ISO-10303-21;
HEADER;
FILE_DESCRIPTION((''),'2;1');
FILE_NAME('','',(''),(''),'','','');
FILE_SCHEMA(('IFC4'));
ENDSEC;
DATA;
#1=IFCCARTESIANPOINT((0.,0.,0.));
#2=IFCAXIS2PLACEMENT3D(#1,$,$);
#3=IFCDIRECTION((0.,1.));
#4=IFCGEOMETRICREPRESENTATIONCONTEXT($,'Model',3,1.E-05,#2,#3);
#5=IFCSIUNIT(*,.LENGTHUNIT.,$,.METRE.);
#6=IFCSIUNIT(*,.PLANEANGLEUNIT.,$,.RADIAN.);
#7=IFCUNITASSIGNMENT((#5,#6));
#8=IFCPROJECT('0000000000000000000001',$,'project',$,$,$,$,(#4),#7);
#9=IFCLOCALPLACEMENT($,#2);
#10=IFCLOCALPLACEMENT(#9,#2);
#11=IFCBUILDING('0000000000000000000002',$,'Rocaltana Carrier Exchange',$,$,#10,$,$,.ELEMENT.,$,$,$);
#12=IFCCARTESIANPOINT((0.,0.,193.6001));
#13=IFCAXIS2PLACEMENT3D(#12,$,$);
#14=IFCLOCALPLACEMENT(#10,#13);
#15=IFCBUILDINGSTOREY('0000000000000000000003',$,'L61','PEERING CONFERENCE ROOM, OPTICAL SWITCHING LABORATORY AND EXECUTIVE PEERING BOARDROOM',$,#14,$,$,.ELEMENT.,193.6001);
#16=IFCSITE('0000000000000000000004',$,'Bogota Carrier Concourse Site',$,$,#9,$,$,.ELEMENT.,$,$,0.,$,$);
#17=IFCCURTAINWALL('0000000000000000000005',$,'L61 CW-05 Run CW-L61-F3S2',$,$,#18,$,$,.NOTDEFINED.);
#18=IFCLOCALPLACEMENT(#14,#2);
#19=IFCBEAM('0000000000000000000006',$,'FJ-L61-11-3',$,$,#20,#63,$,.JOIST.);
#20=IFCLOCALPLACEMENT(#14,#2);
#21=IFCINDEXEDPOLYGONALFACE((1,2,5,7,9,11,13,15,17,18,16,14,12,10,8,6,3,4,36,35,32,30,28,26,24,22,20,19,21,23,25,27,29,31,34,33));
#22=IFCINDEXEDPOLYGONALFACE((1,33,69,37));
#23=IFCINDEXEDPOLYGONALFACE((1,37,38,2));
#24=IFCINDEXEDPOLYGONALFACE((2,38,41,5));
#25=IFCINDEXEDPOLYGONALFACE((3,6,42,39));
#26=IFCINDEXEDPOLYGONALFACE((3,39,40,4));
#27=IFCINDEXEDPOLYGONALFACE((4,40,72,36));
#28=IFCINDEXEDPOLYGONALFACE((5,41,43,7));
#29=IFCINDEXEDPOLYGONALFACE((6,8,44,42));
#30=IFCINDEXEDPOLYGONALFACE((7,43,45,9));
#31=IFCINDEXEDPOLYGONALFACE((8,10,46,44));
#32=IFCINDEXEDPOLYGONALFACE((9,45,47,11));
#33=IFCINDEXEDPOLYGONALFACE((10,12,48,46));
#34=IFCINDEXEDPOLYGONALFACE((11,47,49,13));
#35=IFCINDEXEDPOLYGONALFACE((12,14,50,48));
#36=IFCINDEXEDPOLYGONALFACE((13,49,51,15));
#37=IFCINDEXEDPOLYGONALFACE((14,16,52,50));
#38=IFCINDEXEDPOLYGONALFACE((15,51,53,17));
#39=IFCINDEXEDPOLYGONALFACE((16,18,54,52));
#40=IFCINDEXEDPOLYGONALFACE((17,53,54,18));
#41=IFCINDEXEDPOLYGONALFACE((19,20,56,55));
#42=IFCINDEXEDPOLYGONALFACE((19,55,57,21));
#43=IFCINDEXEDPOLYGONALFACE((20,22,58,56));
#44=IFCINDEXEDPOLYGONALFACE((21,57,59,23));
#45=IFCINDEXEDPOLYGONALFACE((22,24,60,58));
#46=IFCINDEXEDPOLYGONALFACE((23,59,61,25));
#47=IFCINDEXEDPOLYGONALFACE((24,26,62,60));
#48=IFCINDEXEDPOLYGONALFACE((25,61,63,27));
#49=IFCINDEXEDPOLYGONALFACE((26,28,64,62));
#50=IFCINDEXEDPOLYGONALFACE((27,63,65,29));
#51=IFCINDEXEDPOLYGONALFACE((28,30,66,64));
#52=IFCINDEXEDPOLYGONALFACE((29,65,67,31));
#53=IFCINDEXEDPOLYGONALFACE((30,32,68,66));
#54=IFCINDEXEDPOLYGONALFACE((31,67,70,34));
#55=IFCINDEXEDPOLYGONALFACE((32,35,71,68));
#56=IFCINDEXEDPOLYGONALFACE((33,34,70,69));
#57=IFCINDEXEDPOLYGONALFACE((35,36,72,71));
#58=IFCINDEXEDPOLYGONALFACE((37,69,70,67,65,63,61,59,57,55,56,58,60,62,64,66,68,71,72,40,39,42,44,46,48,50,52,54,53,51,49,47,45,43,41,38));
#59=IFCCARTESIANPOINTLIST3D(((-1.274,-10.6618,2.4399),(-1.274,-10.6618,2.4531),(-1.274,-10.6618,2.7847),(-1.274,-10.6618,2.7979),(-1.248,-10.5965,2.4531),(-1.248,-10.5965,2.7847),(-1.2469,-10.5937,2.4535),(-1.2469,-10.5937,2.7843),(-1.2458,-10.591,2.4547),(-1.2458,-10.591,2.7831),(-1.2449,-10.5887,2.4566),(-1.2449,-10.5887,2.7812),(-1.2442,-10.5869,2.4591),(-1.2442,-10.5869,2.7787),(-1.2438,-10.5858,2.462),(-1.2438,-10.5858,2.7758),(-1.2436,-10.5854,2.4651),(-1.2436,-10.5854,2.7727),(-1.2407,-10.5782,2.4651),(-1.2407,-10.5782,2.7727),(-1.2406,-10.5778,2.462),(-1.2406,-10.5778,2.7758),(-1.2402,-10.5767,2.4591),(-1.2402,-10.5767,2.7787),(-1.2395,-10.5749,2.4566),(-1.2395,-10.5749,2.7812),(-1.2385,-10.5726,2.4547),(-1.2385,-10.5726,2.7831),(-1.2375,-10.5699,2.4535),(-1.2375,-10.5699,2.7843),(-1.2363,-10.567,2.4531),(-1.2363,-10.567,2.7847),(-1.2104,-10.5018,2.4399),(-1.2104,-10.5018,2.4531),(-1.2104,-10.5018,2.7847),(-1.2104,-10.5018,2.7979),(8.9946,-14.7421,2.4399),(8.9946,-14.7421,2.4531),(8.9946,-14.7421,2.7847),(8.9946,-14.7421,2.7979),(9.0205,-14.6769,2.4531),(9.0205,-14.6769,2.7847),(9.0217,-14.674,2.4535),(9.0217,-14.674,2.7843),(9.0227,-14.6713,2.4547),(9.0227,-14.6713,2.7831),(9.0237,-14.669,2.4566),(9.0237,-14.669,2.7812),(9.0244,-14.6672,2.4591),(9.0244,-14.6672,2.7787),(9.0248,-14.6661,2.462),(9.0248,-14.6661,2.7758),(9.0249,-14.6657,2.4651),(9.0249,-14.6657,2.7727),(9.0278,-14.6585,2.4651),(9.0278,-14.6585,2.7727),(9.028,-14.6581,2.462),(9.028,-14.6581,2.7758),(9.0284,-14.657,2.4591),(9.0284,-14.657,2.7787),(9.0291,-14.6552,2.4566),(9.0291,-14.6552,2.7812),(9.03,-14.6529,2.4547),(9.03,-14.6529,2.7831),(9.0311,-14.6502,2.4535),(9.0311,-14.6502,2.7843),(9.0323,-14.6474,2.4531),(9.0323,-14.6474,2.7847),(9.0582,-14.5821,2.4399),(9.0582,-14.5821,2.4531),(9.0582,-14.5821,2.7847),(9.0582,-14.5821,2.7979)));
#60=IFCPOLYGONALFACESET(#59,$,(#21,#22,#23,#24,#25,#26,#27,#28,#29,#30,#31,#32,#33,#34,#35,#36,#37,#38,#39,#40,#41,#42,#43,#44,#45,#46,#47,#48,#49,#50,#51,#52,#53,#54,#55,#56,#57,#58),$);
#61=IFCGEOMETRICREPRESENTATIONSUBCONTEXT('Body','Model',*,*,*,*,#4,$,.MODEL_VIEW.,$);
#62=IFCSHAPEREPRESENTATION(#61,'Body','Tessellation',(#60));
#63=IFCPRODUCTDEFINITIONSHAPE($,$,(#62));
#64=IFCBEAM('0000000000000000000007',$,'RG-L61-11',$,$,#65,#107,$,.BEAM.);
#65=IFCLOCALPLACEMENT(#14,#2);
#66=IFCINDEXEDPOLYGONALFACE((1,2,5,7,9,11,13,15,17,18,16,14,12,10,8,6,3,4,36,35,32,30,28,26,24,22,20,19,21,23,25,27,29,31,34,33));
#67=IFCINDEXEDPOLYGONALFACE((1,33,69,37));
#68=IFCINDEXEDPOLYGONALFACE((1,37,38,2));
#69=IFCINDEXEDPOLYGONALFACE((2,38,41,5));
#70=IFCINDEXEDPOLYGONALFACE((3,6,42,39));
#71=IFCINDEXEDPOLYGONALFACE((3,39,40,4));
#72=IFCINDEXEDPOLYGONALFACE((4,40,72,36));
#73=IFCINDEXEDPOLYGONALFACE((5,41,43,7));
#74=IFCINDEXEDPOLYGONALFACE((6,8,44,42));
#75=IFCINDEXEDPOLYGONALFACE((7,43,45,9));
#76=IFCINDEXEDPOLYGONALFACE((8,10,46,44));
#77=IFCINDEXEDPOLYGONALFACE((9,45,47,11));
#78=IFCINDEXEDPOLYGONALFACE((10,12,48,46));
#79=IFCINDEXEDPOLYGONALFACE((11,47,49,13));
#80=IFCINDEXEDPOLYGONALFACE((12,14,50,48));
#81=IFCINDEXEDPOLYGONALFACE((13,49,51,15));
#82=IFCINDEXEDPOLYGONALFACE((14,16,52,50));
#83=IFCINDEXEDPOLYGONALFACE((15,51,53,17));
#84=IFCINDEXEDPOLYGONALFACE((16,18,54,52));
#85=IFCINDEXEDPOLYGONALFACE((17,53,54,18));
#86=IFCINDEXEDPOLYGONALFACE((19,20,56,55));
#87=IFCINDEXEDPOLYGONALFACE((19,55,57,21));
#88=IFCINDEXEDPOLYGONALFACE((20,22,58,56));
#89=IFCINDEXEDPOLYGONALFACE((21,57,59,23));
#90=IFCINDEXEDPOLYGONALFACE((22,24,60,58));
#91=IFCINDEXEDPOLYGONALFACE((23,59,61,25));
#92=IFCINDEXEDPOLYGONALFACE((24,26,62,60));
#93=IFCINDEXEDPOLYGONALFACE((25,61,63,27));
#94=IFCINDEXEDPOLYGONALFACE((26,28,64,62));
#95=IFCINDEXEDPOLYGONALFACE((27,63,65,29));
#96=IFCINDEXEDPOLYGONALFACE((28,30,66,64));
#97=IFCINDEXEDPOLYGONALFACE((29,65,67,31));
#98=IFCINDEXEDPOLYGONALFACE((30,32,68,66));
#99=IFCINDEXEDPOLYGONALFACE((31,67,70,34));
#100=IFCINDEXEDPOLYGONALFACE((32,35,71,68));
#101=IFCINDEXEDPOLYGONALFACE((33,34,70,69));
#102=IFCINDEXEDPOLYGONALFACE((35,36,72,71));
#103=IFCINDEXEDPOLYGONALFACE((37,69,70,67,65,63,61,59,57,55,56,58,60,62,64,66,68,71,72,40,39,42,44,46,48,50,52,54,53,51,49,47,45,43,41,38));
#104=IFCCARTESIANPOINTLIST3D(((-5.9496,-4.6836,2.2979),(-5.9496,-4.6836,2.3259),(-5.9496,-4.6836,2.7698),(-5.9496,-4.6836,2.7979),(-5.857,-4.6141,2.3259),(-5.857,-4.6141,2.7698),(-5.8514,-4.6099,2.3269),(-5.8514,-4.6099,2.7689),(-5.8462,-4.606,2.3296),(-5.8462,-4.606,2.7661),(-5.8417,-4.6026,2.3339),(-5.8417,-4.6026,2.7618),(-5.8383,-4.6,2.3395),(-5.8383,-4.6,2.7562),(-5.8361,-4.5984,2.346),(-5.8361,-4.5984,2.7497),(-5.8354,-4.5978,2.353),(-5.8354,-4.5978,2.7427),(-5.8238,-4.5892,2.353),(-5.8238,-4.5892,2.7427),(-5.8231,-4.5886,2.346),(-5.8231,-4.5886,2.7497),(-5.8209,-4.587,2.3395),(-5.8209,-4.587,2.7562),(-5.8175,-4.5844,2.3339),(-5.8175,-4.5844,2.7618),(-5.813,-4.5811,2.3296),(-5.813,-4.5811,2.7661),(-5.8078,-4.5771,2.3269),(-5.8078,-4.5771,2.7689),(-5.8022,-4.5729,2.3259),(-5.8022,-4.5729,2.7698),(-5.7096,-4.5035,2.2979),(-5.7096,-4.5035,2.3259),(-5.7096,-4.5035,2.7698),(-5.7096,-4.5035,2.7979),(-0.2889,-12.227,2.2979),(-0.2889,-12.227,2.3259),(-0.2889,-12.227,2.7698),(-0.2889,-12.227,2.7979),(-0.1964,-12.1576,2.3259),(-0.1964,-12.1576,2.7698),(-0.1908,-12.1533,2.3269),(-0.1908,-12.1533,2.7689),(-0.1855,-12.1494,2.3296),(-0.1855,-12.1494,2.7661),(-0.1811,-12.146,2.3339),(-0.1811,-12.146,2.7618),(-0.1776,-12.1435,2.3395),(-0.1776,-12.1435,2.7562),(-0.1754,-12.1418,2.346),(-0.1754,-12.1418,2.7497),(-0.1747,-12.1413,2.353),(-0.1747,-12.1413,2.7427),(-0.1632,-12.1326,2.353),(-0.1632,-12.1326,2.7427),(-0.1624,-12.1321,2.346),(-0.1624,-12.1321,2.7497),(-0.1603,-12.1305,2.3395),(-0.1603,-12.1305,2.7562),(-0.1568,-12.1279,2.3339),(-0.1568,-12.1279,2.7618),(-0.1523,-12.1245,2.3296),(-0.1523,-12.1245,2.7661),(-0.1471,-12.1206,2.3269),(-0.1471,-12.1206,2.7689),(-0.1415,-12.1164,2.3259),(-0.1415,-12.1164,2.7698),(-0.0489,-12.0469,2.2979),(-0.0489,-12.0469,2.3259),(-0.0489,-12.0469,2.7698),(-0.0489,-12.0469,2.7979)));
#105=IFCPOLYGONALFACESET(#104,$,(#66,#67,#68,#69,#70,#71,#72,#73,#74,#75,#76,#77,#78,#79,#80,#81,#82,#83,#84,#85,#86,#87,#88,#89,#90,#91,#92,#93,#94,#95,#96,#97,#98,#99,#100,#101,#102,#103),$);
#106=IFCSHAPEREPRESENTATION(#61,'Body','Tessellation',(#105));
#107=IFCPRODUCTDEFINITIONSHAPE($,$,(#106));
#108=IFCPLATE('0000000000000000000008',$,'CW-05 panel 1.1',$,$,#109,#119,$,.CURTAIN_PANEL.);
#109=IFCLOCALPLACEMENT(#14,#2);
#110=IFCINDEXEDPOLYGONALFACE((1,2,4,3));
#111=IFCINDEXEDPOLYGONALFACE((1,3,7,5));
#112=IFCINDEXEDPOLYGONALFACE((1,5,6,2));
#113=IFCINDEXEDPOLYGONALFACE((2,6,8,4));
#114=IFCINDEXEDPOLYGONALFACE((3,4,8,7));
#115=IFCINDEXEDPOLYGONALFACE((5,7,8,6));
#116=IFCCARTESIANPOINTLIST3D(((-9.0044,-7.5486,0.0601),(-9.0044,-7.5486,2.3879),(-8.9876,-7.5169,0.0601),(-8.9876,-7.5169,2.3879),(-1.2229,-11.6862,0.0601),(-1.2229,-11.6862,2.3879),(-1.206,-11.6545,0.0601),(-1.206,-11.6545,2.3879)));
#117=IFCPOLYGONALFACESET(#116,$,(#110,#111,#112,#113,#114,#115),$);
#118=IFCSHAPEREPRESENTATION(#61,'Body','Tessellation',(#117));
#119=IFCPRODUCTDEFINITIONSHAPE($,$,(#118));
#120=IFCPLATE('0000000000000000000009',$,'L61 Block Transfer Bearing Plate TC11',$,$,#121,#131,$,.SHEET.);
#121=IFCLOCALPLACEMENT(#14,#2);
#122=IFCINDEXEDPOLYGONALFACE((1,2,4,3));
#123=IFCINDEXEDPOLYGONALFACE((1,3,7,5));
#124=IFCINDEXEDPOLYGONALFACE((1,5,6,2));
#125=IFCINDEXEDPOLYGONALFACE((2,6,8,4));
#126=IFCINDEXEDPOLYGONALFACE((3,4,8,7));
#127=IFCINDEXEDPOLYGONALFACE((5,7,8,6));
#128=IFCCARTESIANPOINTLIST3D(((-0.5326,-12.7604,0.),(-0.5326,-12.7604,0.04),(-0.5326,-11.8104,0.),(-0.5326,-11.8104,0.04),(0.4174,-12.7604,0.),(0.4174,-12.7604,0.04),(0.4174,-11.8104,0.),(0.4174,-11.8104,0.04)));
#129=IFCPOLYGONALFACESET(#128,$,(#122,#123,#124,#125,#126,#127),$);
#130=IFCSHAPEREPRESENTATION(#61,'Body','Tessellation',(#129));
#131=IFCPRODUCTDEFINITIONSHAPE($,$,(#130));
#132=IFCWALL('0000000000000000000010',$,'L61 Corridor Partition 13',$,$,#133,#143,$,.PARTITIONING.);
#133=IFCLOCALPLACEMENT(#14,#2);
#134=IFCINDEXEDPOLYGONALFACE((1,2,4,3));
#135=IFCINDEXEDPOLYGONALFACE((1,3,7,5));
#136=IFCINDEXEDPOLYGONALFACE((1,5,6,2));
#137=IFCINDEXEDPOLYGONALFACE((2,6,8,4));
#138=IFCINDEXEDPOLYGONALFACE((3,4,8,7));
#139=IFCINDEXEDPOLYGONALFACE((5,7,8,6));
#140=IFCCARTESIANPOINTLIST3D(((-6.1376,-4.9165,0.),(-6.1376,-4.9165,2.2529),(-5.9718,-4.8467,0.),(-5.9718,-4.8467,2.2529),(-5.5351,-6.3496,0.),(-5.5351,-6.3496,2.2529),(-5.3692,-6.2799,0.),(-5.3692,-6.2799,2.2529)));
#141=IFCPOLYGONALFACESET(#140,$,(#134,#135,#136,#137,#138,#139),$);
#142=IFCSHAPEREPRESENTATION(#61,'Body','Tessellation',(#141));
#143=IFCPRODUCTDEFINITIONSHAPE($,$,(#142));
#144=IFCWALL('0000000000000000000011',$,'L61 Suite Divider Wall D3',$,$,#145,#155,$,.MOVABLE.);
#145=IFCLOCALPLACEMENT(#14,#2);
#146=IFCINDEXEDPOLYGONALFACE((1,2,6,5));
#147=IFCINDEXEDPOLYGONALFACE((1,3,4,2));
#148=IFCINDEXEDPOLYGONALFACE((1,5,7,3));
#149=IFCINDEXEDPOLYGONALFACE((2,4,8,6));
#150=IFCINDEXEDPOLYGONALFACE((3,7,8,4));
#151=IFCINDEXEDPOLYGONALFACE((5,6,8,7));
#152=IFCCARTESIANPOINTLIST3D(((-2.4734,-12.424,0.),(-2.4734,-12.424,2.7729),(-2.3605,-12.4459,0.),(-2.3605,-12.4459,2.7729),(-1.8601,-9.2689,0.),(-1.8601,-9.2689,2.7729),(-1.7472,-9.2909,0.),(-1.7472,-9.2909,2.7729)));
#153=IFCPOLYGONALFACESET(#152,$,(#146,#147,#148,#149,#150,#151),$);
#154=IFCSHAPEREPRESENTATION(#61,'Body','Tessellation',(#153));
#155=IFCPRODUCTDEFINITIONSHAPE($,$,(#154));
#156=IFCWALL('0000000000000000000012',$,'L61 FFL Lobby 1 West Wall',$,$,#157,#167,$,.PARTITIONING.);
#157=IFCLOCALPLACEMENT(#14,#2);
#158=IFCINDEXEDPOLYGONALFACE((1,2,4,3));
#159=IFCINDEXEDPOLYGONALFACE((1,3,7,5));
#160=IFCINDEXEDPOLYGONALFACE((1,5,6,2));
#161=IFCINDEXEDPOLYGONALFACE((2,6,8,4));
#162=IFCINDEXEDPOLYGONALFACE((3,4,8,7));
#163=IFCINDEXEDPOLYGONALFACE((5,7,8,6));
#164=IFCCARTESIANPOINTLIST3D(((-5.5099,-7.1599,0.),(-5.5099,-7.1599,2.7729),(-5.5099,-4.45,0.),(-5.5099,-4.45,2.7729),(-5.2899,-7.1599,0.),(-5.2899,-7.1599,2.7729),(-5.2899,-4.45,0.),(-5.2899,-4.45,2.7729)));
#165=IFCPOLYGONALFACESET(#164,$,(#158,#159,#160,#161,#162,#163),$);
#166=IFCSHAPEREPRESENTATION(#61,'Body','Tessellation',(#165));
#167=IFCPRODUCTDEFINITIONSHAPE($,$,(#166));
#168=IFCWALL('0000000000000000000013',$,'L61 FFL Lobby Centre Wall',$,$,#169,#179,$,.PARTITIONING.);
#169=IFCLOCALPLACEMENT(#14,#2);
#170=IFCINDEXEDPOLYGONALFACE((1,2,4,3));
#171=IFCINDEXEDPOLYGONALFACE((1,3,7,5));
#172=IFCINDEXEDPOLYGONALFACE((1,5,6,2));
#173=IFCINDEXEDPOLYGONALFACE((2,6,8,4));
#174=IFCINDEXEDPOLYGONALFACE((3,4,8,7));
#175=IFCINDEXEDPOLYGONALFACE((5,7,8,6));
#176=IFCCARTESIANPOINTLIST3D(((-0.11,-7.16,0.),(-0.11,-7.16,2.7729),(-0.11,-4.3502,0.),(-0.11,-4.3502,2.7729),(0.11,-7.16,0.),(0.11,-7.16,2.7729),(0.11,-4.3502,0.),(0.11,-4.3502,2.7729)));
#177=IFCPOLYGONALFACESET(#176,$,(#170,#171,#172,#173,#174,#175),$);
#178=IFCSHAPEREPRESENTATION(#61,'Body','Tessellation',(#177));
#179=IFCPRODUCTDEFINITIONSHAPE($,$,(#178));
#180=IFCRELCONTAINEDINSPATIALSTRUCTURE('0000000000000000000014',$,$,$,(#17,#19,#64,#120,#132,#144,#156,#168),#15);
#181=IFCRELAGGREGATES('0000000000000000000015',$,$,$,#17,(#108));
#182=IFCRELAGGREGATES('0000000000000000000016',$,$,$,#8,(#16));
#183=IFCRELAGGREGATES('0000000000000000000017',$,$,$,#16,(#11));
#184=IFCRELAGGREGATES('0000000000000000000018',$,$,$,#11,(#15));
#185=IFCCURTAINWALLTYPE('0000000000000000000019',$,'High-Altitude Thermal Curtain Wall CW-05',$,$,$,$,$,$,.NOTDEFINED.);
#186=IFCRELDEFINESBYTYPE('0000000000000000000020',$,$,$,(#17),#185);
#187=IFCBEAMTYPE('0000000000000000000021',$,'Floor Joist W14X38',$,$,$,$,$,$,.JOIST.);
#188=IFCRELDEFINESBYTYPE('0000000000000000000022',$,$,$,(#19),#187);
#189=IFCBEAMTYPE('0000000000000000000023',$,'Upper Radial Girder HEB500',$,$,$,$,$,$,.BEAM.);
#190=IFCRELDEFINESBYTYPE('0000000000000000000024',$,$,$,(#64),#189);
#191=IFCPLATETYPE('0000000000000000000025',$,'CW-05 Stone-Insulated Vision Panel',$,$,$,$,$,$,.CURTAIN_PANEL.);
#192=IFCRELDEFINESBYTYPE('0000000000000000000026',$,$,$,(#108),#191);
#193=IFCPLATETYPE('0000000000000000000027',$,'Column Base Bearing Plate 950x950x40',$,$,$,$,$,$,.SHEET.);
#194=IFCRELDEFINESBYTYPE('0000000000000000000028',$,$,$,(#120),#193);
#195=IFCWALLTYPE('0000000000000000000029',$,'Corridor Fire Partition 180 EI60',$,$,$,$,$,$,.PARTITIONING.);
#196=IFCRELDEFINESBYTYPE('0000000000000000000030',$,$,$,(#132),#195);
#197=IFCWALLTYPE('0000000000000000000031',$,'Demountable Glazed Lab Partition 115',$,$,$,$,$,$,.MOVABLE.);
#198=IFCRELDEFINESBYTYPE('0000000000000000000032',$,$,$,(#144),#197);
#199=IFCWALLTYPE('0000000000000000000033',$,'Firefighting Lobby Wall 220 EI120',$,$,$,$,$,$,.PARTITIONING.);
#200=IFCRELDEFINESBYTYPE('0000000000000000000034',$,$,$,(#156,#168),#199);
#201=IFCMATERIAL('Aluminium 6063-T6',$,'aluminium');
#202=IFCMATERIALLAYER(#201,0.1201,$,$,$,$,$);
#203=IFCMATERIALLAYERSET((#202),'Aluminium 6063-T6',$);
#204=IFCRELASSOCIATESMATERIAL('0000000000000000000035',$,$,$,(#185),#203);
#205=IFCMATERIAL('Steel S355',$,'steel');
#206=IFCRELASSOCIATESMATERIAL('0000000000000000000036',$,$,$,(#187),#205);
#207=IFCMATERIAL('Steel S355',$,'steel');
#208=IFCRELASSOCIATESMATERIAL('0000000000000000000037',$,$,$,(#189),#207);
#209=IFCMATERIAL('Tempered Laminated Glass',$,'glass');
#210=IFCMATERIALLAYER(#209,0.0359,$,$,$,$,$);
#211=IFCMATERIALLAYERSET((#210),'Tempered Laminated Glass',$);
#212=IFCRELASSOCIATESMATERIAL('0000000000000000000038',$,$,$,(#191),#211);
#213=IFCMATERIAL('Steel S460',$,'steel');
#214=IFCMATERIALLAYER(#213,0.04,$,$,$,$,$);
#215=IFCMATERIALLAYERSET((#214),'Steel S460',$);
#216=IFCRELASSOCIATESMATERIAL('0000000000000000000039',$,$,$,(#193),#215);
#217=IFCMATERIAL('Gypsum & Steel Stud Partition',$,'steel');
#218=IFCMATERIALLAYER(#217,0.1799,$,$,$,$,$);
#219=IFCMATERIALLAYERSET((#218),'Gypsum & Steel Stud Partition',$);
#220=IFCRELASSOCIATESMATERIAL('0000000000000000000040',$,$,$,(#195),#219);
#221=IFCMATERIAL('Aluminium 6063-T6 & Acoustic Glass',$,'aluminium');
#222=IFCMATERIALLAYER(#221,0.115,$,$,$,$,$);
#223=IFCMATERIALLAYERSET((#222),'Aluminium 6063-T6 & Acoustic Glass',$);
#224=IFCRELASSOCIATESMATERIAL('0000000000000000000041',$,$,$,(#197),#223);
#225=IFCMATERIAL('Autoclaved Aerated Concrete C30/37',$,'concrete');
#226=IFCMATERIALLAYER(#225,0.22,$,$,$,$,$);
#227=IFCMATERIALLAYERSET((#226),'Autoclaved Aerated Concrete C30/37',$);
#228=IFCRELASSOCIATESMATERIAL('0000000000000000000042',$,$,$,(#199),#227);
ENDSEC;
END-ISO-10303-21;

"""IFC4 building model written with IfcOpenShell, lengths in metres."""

from ifc_helpers import new_model, si_unit, direction, frame, frame_2d, origin, origin_2d, place, context, subcontext, project, spatial, rectangle, i_section, extrude, material, layer, layer_set, material_profile, profile_set, type_object, element, aggregate, save


model = new_model("IFC4")

# Units and contexts
model_context = context("Model", 3, precision=1e-05, world=origin(), true_north=direction((0.0, 1.0)))
body_context = subcontext(model_context, "Body", "Model", "MODEL_VIEW")
ifc_project = project(units=[si_unit("LENGTHUNIT", "METRE"), si_unit("PLANEANGLEUNIT", "RADIAN")], contexts=[model_context])

# Site, building, storey
site_placement = place(None, origin())
site = spatial("IfcSite", under=ifc_project, at=site_placement, Name="Bogota Carrier Concourse Site", CompositionType="ELEMENT", RefElevation=0.0)
building_placement = place(site_placement, origin())
building = spatial("IfcBuilding", under=site, at=building_placement, Name="Rocaltana Carrier Exchange", CompositionType="ELEMENT")
storey_placement = place(building_placement, frame((0.0, 0.0, 193.6001)))
storey = spatial("IfcBuildingStorey", under=building, at=storey_placement, Name="L61", Description="PEERING CONFERENCE ROOM, OPTICAL SWITCHING LABORATORY AND EXECUTIVE PEERING BOARDROOM", CompositionType="ELEMENT", Elevation=193.6001)

# Curtain wall
ifc_material_1 = material(Name="Aluminium 6063-T6", Category="aluminium")
ifc_layer_1 = layer(ifc_material_1, 0.1201)
ifc_layer_set_1 = layer_set([ifc_layer_1], Name="Aluminium 6063-T6")
curtain_wall_type = type_object("IfcCurtainWallType", Name="High-Altitude Thermal Curtain Wall CW-05", PredefinedType="NOTDEFINED", material=ifc_layer_set_1)
curtain_wall_placement = place(storey_placement, origin())
curtain_wall = element("IfcCurtainWall", 1, at=curtain_wall_placement, inside=storey, type_object=curtain_wall_type, Name="L61 CW-05 Run CW-L61-F3S2", PredefinedType="NOTDEFINED")

# Beams
ifc_material_2 = material(Name="Steel S355", Category="steel")
ifc_material_profile_1 = material_profile(ifc_material_2, i_section(OverallWidth=0.1721, OverallDepth=0.3579, WebThickness=0.0078, FlangeThickness=0.0132, FilletRadius=0.012, at=origin_2d()), Name="W14X38")
ifc_profile_set_1 = profile_set([ifc_material_profile_1], Name="Steel S355")
beam_type_1 = type_object("IfcBeamType", Name="Floor Joist W14X38", PredefinedType="JOIST", material=ifc_profile_set_1)
beam_1_placement = place(storey_placement, frame((-1.2422, -10.5818, 2.6189), z_axis=(0.92932, -0.369275, 0.0), x_axis=(0.369275, 0.92932, 0.0)))
element("IfcBeam", 2, at=beam_1_placement, inside=storey, type_object=beam_type_1, Name="FJ-L61-11-3", PredefinedType="JOIST", context=body_context, shape_type="SweptSolid", body=[
    extrude(i_section(OverallWidth=0.1721, OverallDepth=0.3579, WebThickness=0.0078, FlangeThickness=0.0132, FilletRadius=0.012, at=origin_2d()), origin(), (0.0, 0.0, 1.0), 11.0496),
])
ifc_material_3 = material(Name="Steel S355", Category="steel")
ifc_material_profile_2 = material_profile(ifc_material_3, i_section(OverallWidth=0.3, OverallDepth=0.5, WebThickness=0.0144, FlangeThickness=0.0281, FilletRadius=0.0271, at=origin_2d()), Name="HEB500")
ifc_profile_set_2 = profile_set([ifc_material_profile_2], Name="Steel S355")
beam_type_2 = type_object("IfcBeamType", Name="Upper Radial Girder HEB500", PredefinedType="BEAM", material=ifc_profile_set_2)
beam_2_placement = place(storey_placement, frame((-5.8296, -4.5935, 2.5479), z_axis=(0.600207, -0.799845, 0.0), x_axis=(0.799845, 0.600207, 0.0)))
element("IfcBeam", 3, at=beam_2_placement, inside=storey, type_object=beam_type_2, Name="RG-L61-11", PredefinedType="BEAM", context=body_context, shape_type="SweptSolid", body=[
    extrude(i_section(OverallWidth=0.3, OverallDepth=0.5, WebThickness=0.0144, FlangeThickness=0.0281, FilletRadius=0.0271, at=origin_2d()), origin(), (0.0, 0.0, 1.0), 9.4312),
])

# Plates
ifc_material_4 = material(Name="Tempered Laminated Glass", Category="glass")
ifc_layer_2 = layer(ifc_material_4, 0.0359)
ifc_layer_set_2 = layer_set([ifc_layer_2], Name="Tempered Laminated Glass")
plate_type_1 = type_object("IfcPlateType", Name="CW-05 Stone-Insulated Vision Panel", PredefinedType="CURTAIN_PANEL", material=ifc_layer_set_2)
plate_1_placement = place(storey_placement, frame((-5.1052, -9.6016, 0.0601), z_axis=(0.0, 0.0, 1.0), x_axis=(0.882943, -0.469479, 0.0)))
plate_1 = element("IfcPlate", 4, at=plate_1_placement, type_object=plate_type_1, Name="CW-05 panel 1.1", PredefinedType="CURTAIN_PANEL", context=body_context, shape_type="SweptSolid", body=[
    extrude(rectangle(XDim=8.8132, YDim=0.0359, at=origin_2d()), origin(), (0.0, 0.0, 1.0), 2.3279),
])
aggregate(curtain_wall, [plate_1])
ifc_material_5 = material(Name="Steel S460", Category="steel")
ifc_layer_3 = layer(ifc_material_5, 0.04)
ifc_layer_set_3 = layer_set([ifc_layer_3], Name="Steel S460")
plate_type_2 = type_object("IfcPlateType", Name="Column Base Bearing Plate 950x950x40", PredefinedType="SHEET", material=ifc_layer_set_3)
plate_2_placement = place(storey_placement, frame((-0.0576, -12.2854, 0.0), z_axis=(0.0, 0.0, 1.0), x_axis=(1.0, 0.0, 0.0)))
element("IfcPlate", 5, at=plate_2_placement, inside=storey, type_object=plate_type_2, Name="L61 Block Transfer Bearing Plate TC11", PredefinedType="SHEET", context=body_context, shape_type="SweptSolid", body=[
    extrude(rectangle(XDim=0.95, YDim=0.95, at=origin_2d()), origin(), (0.0, 0.0, 1.0), 0.04),
])

# Walls
ifc_material_6 = material(Name="Gypsum & Steel Stud Partition", Category="steel")
ifc_layer_4 = layer(ifc_material_6, 0.1799)
ifc_layer_set_4 = layer_set([ifc_layer_4], Name="Gypsum & Steel Stud Partition")
wall_type_1 = type_object("IfcWallType", Name="Corridor Fire Partition 180 EI60", PredefinedType="PARTITIONING", material=ifc_layer_set_4)
wall_1_placement = place(storey_placement, frame((-6.0547, -4.8816, 0.0), z_axis=(0.0, 0.0, 1.0), x_axis=(0.38758, -0.921836, 0.0)))
element("IfcWall", 6, at=wall_1_placement, inside=storey, type_object=wall_type_1, Name="L61 Corridor Partition 13", PredefinedType="PARTITIONING", context=body_context, shape_type="SweptSolid", body=[
    extrude(rectangle(XDim=1.5547, YDim=0.1799, at=frame_2d((0.7773, 0.0))), origin(), (0.0, 0.0, 1.0), 2.2529),
])
ifc_material_7 = material(Name="Aluminium 6063-T6 & Acoustic Glass", Category="aluminium")
ifc_layer_5 = layer(ifc_material_7, 0.115)
ifc_layer_set_5 = layer_set([ifc_layer_5], Name="Aluminium 6063-T6 & Acoustic Glass")
wall_type_2 = type_object("IfcWallType", Name="Demountable Glazed Lab Partition 115", PredefinedType="MOVABLE", material=ifc_layer_set_5)
wall_2_placement = place(storey_placement, frame((-1.8037, -9.28, 0.0), z_axis=(0.0, 0.0, 1.0), x_axis=(-0.190811, -0.981627, 0.0)))
element("IfcWall", 7, at=wall_2_placement, inside=storey, type_object=wall_type_2, Name="L61 Suite Divider Wall D3", PredefinedType="MOVABLE", context=body_context, shape_type="SweptSolid", body=[
    extrude(rectangle(XDim=3.2141, YDim=0.115, at=frame_2d((1.6069, 0.0))), origin(), (0.0, 0.0, 1.0), 2.7729),
])
ifc_material_8 = material(Name="Autoclaved Aerated Concrete C30/37", Category="concrete")
ifc_layer_6 = layer(ifc_material_8, 0.22)
ifc_layer_set_6 = layer_set([ifc_layer_6], Name="Autoclaved Aerated Concrete C30/37")
wall_type_3 = type_object("IfcWallType", Name="Firefighting Lobby Wall 220 EI120", PredefinedType="PARTITIONING", material=ifc_layer_set_6)
wall_3_placement = place(storey_placement, frame((-5.3999, -7.1599, 0.0), z_axis=(0.0, 0.0, 1.0), x_axis=(0.0, 1.0, 0.0)))
element("IfcWall", 8, at=wall_3_placement, inside=storey, type_object=wall_type_3, Name="L61 FFL Lobby 1 West Wall", PredefinedType="PARTITIONING", context=body_context, shape_type="SweptSolid", body=[
    extrude(rectangle(XDim=2.71, YDim=0.22, at=frame_2d((1.355, 0.0))), origin(), (0.0, 0.0, 1.0), 2.7729),
])
wall_4_placement = place(storey_placement, frame((0.0, -7.1599, 0.0), z_axis=(0.0, 0.0, 1.0), x_axis=(0.0, 1.0, 0.0)))
element("IfcWall", 9, at=wall_4_placement, inside=storey, type_object=wall_type_3, Name="L61 FFL Lobby Centre Wall", PredefinedType="PARTITIONING", context=body_context, shape_type="SweptSolid", body=[
    extrude(rectangle(XDim=2.8098, YDim=0.22, at=frame_2d((1.4048, 0.0))), origin(), (0.0, 0.0, 1.0), 2.7729),
])

save(model, "model.ifc")
